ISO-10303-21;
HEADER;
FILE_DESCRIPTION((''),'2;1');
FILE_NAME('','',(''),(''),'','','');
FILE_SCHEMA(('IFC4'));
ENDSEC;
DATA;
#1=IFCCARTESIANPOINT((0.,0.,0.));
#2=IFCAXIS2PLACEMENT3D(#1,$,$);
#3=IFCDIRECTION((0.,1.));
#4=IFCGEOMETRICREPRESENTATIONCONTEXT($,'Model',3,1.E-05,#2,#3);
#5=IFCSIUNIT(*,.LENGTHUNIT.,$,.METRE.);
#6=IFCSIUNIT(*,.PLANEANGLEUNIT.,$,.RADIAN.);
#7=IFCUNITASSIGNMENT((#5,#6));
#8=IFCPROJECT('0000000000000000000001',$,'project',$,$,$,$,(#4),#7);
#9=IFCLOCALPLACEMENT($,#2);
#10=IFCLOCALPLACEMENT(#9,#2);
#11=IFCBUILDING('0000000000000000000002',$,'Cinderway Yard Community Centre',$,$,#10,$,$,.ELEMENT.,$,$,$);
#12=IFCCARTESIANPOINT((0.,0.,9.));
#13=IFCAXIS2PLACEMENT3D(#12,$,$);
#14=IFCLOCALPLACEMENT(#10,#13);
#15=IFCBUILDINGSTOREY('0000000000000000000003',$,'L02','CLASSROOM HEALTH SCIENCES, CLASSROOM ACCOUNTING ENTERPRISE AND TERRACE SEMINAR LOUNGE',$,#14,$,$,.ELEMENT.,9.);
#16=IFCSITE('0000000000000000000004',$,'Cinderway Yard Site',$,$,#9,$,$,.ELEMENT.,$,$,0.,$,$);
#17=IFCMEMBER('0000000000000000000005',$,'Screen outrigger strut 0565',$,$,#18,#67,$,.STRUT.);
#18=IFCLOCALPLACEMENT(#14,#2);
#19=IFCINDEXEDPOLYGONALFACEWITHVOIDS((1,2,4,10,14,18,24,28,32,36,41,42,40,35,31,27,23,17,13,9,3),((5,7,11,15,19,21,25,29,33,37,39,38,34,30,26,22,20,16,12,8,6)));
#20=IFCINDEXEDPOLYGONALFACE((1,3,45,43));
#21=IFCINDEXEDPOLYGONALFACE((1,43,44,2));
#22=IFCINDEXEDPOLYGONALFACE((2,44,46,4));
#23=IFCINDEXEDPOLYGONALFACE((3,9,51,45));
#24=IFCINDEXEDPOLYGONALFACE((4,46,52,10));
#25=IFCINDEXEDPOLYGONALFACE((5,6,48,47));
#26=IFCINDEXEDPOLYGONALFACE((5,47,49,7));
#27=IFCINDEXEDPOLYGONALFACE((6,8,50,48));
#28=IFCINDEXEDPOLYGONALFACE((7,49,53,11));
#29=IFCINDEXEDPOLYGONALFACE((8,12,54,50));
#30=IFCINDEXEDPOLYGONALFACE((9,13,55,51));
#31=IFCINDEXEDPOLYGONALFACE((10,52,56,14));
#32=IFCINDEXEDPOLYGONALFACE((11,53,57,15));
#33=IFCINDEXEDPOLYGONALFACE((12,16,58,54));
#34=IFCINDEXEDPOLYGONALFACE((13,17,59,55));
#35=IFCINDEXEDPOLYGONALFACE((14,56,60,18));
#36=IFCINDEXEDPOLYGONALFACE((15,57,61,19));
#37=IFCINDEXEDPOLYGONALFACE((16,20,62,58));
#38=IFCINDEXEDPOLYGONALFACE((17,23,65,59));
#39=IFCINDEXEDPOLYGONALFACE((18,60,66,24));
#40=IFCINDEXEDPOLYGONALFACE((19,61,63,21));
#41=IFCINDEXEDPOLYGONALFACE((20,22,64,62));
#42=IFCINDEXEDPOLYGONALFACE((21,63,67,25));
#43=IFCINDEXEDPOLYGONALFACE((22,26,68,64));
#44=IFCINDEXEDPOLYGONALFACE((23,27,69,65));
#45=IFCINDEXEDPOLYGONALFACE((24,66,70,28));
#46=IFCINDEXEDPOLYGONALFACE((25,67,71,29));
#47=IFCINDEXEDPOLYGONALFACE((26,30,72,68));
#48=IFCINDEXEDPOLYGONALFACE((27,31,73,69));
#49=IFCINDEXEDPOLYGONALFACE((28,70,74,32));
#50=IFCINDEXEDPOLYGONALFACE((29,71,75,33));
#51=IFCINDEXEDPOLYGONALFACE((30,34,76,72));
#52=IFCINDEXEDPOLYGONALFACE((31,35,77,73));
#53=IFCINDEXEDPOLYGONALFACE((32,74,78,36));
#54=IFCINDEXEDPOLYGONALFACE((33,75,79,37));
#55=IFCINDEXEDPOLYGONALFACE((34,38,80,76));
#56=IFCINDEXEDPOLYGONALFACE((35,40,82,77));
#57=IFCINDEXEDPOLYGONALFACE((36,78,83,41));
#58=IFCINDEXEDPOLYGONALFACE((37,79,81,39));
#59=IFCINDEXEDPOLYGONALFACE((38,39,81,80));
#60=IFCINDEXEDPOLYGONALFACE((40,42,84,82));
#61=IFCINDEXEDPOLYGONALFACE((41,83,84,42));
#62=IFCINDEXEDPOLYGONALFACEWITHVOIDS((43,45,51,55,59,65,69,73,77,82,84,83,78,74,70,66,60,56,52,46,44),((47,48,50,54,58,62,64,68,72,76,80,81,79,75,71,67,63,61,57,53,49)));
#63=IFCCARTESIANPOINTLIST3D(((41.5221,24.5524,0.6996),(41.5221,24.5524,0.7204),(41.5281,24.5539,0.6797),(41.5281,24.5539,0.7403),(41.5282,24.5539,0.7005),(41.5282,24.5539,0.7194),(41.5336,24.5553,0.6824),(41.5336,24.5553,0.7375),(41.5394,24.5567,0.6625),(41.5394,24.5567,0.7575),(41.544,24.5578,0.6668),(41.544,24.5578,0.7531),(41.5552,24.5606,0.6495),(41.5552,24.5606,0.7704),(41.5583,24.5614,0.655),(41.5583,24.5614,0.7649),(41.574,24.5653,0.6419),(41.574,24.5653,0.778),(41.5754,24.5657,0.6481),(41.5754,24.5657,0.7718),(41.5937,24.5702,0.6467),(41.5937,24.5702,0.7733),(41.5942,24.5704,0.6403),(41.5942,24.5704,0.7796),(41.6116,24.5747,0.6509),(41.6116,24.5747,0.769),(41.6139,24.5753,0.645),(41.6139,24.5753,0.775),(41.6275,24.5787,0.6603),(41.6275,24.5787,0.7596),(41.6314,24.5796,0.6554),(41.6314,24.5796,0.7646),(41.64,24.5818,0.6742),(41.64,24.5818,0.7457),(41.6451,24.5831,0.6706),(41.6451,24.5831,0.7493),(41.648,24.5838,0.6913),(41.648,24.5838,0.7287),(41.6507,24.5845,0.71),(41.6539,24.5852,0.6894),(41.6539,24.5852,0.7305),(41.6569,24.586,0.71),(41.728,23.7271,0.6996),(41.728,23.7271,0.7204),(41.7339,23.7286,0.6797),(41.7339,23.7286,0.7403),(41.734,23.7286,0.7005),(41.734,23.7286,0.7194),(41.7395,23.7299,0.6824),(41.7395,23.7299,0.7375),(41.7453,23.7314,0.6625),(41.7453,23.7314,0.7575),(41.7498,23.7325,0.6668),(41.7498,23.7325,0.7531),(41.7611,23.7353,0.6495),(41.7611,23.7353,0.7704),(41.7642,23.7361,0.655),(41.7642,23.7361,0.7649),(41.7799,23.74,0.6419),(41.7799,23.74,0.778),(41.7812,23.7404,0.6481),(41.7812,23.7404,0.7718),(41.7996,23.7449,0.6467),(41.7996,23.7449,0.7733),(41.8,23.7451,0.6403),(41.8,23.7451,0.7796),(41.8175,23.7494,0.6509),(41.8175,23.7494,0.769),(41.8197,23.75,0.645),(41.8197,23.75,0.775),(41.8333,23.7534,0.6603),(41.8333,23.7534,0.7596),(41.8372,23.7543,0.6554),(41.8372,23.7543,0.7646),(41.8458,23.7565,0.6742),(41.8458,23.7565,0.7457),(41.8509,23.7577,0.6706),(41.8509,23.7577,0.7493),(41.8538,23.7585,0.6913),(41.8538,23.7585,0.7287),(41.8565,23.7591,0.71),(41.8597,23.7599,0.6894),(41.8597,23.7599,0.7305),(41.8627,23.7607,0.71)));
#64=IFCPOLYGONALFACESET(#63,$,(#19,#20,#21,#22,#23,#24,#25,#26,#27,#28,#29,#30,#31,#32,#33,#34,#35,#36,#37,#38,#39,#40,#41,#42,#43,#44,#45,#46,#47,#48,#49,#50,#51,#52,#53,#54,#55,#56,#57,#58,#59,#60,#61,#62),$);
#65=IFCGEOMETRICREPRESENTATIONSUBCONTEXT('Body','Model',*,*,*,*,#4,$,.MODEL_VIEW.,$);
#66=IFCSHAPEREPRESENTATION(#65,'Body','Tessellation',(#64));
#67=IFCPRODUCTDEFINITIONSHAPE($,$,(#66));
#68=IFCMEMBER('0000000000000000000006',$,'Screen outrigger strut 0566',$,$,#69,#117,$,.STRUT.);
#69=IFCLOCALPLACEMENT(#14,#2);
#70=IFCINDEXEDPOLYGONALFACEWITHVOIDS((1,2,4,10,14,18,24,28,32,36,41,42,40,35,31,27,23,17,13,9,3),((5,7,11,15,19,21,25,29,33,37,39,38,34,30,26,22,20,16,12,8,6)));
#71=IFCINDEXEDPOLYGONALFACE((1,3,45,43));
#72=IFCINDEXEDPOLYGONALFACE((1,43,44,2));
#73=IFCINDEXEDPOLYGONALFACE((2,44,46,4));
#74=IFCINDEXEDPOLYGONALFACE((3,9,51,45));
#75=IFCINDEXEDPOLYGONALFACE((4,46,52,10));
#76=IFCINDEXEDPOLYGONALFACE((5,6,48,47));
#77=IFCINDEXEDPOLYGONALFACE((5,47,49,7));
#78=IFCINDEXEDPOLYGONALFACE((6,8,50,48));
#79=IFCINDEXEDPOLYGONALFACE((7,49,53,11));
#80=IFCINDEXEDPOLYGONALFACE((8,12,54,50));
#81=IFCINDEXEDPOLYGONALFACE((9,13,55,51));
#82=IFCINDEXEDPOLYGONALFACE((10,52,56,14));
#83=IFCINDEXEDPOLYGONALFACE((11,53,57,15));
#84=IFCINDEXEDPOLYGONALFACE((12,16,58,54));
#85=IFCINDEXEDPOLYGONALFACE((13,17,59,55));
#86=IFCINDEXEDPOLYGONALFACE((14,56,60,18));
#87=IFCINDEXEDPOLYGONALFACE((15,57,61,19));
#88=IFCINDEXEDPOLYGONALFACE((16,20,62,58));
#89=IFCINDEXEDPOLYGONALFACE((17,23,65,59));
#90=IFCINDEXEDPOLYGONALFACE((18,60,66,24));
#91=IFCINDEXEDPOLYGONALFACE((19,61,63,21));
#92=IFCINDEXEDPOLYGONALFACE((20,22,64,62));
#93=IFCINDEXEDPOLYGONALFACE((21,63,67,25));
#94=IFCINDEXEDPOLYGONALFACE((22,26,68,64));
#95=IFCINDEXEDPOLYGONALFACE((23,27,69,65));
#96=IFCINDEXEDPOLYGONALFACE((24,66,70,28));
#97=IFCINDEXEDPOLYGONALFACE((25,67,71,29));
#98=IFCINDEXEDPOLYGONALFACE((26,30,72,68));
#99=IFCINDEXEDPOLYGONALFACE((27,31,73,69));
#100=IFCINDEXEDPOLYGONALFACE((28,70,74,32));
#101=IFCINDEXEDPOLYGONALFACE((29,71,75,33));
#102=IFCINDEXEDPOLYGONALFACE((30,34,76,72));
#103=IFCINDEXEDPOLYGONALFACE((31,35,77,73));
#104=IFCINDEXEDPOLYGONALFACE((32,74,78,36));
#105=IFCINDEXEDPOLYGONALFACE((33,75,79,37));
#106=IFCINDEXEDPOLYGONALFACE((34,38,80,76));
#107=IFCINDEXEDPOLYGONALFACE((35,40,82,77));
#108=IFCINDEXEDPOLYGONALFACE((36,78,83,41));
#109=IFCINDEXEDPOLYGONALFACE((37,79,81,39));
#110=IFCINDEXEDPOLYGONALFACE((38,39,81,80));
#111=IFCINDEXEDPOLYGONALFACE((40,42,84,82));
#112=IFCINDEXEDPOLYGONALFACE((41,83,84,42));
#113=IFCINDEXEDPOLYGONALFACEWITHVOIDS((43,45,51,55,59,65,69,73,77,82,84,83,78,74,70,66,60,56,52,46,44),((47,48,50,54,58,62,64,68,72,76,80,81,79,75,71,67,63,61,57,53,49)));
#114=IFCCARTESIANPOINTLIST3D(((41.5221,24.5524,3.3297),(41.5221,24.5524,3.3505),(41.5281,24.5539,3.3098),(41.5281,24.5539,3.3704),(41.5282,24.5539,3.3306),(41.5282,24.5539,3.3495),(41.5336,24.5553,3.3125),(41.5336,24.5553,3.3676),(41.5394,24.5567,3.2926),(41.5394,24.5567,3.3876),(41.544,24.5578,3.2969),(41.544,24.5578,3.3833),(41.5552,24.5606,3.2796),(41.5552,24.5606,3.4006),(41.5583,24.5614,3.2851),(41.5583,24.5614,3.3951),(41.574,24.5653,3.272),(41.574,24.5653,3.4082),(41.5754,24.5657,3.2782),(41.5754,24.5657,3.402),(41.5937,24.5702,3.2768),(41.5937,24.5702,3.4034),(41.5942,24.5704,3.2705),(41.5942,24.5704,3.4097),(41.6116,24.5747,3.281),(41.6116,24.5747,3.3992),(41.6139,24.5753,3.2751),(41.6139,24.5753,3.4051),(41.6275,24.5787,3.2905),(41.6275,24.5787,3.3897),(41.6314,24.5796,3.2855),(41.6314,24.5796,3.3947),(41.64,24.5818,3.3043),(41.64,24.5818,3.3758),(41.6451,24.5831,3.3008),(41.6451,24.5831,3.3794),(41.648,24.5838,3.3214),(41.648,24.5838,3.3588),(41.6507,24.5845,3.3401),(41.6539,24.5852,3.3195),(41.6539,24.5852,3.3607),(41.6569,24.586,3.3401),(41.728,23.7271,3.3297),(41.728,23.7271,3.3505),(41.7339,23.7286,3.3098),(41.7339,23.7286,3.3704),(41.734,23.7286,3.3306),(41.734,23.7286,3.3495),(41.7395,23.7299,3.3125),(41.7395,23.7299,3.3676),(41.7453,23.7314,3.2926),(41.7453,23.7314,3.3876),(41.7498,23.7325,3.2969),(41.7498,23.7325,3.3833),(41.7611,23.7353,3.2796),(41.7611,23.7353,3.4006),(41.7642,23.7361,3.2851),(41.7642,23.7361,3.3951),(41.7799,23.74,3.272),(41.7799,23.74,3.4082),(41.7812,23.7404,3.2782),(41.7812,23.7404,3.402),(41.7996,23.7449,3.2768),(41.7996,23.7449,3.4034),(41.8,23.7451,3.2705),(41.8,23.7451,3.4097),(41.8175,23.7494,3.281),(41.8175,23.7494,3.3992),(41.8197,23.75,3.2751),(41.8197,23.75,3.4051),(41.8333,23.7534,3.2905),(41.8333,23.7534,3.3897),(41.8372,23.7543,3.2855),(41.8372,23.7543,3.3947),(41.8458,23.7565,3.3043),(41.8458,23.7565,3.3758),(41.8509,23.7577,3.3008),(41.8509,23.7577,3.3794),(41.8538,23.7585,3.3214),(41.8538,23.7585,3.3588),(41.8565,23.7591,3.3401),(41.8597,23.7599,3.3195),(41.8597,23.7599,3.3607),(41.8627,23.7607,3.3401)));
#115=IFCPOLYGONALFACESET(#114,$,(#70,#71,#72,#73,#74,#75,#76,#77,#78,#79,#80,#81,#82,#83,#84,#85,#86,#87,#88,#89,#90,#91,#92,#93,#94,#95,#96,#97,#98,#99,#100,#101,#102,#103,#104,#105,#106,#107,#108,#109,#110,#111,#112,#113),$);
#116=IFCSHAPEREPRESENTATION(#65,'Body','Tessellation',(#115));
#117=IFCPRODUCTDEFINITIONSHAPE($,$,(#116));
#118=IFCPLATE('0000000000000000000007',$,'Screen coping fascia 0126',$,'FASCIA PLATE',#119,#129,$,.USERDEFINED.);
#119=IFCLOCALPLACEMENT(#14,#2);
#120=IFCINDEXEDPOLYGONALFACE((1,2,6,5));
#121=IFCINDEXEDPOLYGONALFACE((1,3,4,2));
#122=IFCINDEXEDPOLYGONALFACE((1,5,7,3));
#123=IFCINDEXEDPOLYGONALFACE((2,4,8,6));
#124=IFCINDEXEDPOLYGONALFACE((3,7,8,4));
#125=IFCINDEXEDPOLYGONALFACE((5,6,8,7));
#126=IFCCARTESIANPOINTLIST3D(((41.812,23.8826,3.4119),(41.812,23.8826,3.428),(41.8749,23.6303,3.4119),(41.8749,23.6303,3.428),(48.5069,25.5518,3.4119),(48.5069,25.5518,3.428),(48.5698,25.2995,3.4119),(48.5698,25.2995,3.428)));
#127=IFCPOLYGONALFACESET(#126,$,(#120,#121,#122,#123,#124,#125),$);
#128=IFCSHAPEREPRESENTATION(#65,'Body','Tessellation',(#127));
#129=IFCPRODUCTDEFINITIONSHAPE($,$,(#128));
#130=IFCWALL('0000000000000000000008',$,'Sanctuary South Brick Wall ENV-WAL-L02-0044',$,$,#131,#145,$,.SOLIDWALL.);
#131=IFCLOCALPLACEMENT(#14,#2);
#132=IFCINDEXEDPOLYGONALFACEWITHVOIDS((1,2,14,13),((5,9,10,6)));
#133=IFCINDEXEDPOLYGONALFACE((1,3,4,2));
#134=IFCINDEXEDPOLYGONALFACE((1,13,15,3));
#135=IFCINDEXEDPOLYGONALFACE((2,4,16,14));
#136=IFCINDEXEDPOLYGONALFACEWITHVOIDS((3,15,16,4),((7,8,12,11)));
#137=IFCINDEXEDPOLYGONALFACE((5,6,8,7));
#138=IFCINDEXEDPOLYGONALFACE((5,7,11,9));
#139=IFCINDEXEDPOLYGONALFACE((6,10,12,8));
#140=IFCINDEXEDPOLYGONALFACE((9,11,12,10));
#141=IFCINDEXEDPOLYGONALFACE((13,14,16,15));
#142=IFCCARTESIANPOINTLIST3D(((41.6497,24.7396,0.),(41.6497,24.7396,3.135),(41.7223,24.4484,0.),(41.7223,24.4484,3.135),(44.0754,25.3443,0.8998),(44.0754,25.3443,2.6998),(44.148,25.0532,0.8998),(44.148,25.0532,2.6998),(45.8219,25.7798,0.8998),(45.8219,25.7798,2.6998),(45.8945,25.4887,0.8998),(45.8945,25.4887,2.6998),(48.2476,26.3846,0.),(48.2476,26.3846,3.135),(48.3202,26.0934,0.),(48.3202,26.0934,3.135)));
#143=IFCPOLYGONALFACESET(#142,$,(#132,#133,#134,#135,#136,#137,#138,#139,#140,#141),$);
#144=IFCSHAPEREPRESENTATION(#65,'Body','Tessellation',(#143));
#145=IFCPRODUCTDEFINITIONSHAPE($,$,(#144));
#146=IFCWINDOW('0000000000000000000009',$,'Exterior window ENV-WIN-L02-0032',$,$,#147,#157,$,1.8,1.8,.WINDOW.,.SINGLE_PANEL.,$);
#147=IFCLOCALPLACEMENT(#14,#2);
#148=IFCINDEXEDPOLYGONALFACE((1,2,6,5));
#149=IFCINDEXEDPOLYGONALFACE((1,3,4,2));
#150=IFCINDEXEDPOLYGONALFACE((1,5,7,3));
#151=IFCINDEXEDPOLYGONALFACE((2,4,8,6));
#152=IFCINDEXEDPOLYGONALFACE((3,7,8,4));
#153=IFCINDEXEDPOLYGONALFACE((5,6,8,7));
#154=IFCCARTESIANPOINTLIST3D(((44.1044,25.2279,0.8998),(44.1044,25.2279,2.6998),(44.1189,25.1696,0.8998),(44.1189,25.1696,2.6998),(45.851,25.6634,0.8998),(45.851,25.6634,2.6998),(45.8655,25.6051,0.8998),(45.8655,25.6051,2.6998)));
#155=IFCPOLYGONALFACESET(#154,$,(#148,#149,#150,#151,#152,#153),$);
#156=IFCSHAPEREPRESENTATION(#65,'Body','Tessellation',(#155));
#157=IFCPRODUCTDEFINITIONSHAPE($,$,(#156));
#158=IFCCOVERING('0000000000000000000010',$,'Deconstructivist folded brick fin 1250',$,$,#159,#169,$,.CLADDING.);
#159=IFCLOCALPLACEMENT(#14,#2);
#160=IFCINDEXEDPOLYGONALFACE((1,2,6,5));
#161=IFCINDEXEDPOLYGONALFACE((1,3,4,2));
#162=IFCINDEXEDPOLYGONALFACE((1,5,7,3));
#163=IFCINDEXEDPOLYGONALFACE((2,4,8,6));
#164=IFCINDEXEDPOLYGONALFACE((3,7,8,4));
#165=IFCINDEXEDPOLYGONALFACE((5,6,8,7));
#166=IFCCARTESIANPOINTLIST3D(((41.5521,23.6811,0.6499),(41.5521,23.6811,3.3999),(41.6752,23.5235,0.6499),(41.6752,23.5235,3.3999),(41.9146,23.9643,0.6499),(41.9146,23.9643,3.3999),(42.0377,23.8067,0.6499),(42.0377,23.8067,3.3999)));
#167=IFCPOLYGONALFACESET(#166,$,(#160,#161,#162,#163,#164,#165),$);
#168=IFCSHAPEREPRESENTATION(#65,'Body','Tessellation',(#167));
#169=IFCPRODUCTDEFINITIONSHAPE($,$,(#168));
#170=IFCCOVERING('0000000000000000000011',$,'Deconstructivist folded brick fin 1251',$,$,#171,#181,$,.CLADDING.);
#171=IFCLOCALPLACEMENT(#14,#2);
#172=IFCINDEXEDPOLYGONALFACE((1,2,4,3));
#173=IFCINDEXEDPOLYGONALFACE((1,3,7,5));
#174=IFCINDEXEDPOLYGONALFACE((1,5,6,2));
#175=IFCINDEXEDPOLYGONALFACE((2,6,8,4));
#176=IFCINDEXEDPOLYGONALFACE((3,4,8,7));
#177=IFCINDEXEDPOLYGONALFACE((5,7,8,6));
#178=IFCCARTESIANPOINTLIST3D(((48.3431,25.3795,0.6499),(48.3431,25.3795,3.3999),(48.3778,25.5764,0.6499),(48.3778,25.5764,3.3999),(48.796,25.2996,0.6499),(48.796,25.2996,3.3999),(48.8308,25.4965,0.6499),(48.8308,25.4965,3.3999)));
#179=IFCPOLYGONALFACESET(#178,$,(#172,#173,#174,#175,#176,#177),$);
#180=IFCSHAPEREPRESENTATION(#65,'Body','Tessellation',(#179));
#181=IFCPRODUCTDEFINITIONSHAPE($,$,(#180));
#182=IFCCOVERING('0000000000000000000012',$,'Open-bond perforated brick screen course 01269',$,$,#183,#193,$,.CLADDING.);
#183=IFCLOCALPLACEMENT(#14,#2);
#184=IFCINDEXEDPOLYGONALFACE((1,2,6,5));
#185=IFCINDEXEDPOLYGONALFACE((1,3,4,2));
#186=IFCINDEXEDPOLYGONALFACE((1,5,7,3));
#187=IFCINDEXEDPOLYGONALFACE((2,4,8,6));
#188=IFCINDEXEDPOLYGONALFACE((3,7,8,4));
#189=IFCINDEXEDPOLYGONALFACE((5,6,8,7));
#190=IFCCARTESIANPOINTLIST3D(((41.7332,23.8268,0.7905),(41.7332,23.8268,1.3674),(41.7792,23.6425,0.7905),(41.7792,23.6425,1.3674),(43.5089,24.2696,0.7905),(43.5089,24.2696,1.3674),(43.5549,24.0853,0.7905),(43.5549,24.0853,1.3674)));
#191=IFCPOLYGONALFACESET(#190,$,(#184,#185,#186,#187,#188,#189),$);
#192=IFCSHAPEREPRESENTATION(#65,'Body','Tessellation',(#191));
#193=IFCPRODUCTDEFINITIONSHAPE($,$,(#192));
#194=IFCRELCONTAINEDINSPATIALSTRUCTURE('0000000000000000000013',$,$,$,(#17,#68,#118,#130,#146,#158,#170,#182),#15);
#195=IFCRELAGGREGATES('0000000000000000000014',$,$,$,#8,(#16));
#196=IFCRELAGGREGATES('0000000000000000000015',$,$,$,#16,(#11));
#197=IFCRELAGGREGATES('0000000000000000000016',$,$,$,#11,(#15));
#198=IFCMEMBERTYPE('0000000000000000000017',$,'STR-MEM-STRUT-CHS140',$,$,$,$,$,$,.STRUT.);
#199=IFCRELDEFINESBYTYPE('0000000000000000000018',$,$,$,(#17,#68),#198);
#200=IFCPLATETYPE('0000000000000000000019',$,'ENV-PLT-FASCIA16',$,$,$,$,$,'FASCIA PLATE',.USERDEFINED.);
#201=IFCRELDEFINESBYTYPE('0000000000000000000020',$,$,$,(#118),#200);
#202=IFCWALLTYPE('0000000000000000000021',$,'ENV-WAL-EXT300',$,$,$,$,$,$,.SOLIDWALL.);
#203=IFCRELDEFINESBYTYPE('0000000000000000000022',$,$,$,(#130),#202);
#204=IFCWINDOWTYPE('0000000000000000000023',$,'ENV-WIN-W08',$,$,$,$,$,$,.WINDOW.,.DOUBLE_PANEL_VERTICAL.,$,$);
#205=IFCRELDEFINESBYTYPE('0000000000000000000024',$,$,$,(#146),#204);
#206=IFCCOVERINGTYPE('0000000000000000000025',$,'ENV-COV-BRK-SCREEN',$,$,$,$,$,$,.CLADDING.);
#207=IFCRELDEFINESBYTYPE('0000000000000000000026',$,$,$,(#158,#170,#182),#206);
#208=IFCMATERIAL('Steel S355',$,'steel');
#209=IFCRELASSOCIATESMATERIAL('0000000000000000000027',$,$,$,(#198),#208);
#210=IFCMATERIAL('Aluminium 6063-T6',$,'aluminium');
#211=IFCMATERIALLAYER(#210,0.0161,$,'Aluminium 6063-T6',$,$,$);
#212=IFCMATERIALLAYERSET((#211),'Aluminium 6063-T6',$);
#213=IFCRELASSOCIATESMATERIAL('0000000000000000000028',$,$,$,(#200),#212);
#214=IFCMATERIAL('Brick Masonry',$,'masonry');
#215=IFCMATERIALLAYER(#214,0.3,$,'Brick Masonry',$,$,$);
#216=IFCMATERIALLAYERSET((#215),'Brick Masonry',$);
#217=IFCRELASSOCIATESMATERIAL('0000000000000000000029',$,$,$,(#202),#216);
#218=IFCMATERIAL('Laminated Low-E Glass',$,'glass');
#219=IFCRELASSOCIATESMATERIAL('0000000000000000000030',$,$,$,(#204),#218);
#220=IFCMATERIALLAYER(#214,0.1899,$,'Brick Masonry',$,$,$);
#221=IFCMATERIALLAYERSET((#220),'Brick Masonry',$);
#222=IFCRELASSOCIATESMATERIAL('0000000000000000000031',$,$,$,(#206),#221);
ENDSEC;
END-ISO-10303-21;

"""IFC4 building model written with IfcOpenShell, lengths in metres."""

from ifc_helpers import new_model, si_unit, direction, frame, frame_2d, origin, origin_2d, place, context, subcontext, project, spatial, rectangle, hollow_circle, extrude, material, layer, layer_set, material_profile, profile_set, type_object, element, fill, save


model = new_model("IFC4")

# Units and contexts
model_context = context("Model", 3, precision=1e-05, world=origin(), true_north=direction((0.0, 1.0)))
body_context = subcontext(model_context, "Body", "Model", "MODEL_VIEW")
ifc_project = project(units=[si_unit("LENGTHUNIT", "METRE"), si_unit("PLANEANGLEUNIT", "RADIAN")], contexts=[model_context])

# Site, building, storey
site_placement = place(None, origin())
site = spatial("IfcSite", under=ifc_project, at=site_placement, Name="Cinderway Yard Site", CompositionType="ELEMENT", RefElevation=0.0)
building_placement = place(site_placement, origin())
building = spatial("IfcBuilding", under=site, at=building_placement, Name="Cinderway Yard Community Centre", CompositionType="ELEMENT")
storey_placement = place(building_placement, frame((0.0, 0.0, 9.0)))
storey = spatial("IfcBuildingStorey", under=building, at=storey_placement, Name="L02", Description="CLASSROOM HEALTH SCIENCES, CLASSROOM ACCOUNTING ENTERPRISE AND TERRACE SEMINAR LOUNGE", CompositionType="ELEMENT", Elevation=9.0)

# Shared definitions
ifc_material_1 = material(Name="Steel S355", Category="steel")

# Members
ifc_material_profile_1 = material_profile(ifc_material_1, hollow_circle(Radius=0.0698, WallThickness=0.0063, at=origin_2d()), Name="Steel S355")
ifc_profile_set_1 = profile_set([ifc_material_profile_1], Name="Steel S355")
member_type_1 = type_object("IfcMemberType", Name="STR-MEM-STRUT-CHS140", PredefinedType="STRUT", material=ifc_profile_set_1)
for number, where, z_axis, x_axis, name in (
    (1, (41.5891, 24.5691, 0.71), (0.241995, -0.970277, 0.0), (0.970277, 0.241995, 0.0), "Screen outrigger strut 0565"),
    (2, (41.5891, 24.5691, 3.3401), (0.241995, -0.970277, 0.0), (0.970277, 0.241995, 0.0), "Screen outrigger strut 0566"),
):
    element("IfcMember", number, at=place(storey_placement, frame(where, z_axis=z_axis, x_axis=x_axis)), inside=storey, type_object=member_type_1, Name=name, PredefinedType="STRUT", context=body_context, shape_type="SweptSolid", body=[
        extrude(hollow_circle(Radius=0.0698, WallThickness=0.0063, at=origin_2d()), origin(), (0.0, 0.0, 1.0), 0.8506),
    ])

# Plate
ifc_material_2 = material(Name="Aluminium 6063-T6", Category="aluminium")
ifc_layer_1 = layer(ifc_material_2, 0.0161, Name="Aluminium 6063-T6")
ifc_layer_set_1 = layer_set([ifc_layer_1], Name="Aluminium 6063-T6")
plate_type = type_object("IfcPlateType", Name="ENV-PLT-FASCIA16", ElementType="FASCIA PLATE", PredefinedType="USERDEFINED", material=ifc_layer_set_1)
plate_placement = place(storey_placement, frame((45.1909, 24.5911, 3.4119), z_axis=(0.0, 0.0, 1.0), x_axis=(-0.970296, -0.241922, 0.0)))
element("IfcPlate", 3, at=plate_placement, inside=storey, type_object=plate_type, Name="Screen coping fascia 0126", ObjectType="FASCIA PLATE", PredefinedType="USERDEFINED", context=body_context, shape_type="SweptSolid", body=[
    extrude(rectangle(XDim=6.8999, YDim=0.26, at=origin_2d()), origin(), (0.0, 0.0, 1.0), 0.0161),
])

# Wall, opening, window
ifc_material_3 = material(Name="Brick Masonry", Category="masonry")
ifc_layer_2 = layer(ifc_material_3, 0.3, Name="Brick Masonry")
ifc_layer_set_2 = layer_set([ifc_layer_2], Name="Brick Masonry")
wall_type = type_object("IfcWallType", Name="ENV-WAL-EXT300", PredefinedType="SOLIDWALL", material=ifc_layer_set_2)
wall_placement = place(storey_placement, frame((41.686, 24.594, 0.0), z_axis=(0.0, 0.0, 1.0), x_axis=(0.970296, 0.241919, 0.0)))
wall = element("IfcWall", 4, at=wall_placement, inside=storey, type_object=wall_type, Name="Sanctuary South Brick Wall ENV-WAL-L02-0044", PredefinedType="SOLIDWALL", context=body_context, shape_type="SweptSolid", body=[
    extrude(rectangle(XDim=6.7998, YDim=0.3, at=frame_2d((3.3999, 0.0))), origin(), (0.0, 0.0, 1.0), 3.135),
])
opening_placement = place(wall_placement, frame((2.5, 0.0, 0.8999)))
opening = element("IfcOpeningElement", 5, at=opening_placement, cuts=wall, PredefinedType="OPENING", context=body_context, shape_type="SweptSolid", body=[
    extrude(rectangle(XDim=1.8, YDim=1.8, at=frame_2d((0.8999, 0.8999))), frame((0.0, 0.1599, 0.0), z_axis=(0.0, -1.0, 0.0), x_axis=(1.0, 0.0, 0.0)), (0.0, 0.0, 1.0), 0.3201),
])
ifc_material_4 = material(Name="Laminated Low-E Glass", Category="glass")
window_type = type_object("IfcWindowType", Name="ENV-WIN-W08", PartitioningType="DOUBLE_PANEL_VERTICAL", PredefinedType="WINDOW", material=ifc_material_4)
window_placement = place(opening_placement, origin())
window = element("IfcWindow", 6, at=window_placement, inside=storey, type_object=window_type, Name="Exterior window ENV-WIN-L02-0032", OverallHeight=1.8, OverallWidth=1.8, PartitioningType="SINGLE_PANEL", PredefinedType="WINDOW", context=body_context, shape_type="SweptSolid", body=[
    extrude(rectangle(XDim=1.8, YDim=1.8, at=frame_2d((0.8999, 0.8999))), frame((0.0, 0.03, 0.0), z_axis=(0.0, -1.0, 0.0), x_axis=(1.0, 0.0, 0.0)), (0.0, 0.0, 1.0), 0.0601),
])
fill(opening, window)

# Coverings
ifc_layer_3 = layer(ifc_material_3, 0.1899, Name="Brick Masonry")
ifc_layer_set_3 = layer_set([ifc_layer_3], Name="Brick Masonry")
covering_type = type_object("IfcCoveringType", Name="ENV-COV-BRK-SCREEN", PredefinedType="CLADDING", material=ifc_layer_set_3)
for number, where, z_axis, x_axis, name in (
    (7, (41.7949, 23.7439, 0.6499), (0.0, 0.0, 1.0), (-0.788011, -0.615661, 0.0), "Deconstructivist folded brick fin 1250"),
    (8, (48.5869, 25.438, 0.6499), (0.0, 0.0, 1.0), (-0.984808, 0.173648, 0.0), "Deconstructivist folded brick fin 1251"),
):
    element("IfcCovering", number, at=place(storey_placement, frame(where, z_axis=z_axis, x_axis=x_axis)), inside=storey, type_object=covering_type, Name=name, PredefinedType="CLADDING", context=body_context, shape_type="SweptSolid", body=[
        extrude(rectangle(XDim=0.46, YDim=0.2, at=origin_2d()), origin(), (0.0, 0.0, 1.0), 2.75),
    ])
for number, where, z_axis, x_axis, name in (
    (9, (42.644, 23.9561, 0.7905), (0.0, 0.0, 1.0), (-0.970296, -0.241922, 0.0), "Open-bond perforated brick screen course 01269"),
):
    element("IfcCovering", number, at=place(storey_placement, frame(where, z_axis=z_axis, x_axis=x_axis)), inside=storey, type_object=covering_type, Name=name, PredefinedType="CLADDING", context=body_context, shape_type="SweptSolid", body=[
        extrude(rectangle(XDim=1.8301, YDim=0.1899, at=origin_2d()), origin(), (0.0, 0.0, 1.0), 0.5769),
    ])

save(model, "model.ifc")
